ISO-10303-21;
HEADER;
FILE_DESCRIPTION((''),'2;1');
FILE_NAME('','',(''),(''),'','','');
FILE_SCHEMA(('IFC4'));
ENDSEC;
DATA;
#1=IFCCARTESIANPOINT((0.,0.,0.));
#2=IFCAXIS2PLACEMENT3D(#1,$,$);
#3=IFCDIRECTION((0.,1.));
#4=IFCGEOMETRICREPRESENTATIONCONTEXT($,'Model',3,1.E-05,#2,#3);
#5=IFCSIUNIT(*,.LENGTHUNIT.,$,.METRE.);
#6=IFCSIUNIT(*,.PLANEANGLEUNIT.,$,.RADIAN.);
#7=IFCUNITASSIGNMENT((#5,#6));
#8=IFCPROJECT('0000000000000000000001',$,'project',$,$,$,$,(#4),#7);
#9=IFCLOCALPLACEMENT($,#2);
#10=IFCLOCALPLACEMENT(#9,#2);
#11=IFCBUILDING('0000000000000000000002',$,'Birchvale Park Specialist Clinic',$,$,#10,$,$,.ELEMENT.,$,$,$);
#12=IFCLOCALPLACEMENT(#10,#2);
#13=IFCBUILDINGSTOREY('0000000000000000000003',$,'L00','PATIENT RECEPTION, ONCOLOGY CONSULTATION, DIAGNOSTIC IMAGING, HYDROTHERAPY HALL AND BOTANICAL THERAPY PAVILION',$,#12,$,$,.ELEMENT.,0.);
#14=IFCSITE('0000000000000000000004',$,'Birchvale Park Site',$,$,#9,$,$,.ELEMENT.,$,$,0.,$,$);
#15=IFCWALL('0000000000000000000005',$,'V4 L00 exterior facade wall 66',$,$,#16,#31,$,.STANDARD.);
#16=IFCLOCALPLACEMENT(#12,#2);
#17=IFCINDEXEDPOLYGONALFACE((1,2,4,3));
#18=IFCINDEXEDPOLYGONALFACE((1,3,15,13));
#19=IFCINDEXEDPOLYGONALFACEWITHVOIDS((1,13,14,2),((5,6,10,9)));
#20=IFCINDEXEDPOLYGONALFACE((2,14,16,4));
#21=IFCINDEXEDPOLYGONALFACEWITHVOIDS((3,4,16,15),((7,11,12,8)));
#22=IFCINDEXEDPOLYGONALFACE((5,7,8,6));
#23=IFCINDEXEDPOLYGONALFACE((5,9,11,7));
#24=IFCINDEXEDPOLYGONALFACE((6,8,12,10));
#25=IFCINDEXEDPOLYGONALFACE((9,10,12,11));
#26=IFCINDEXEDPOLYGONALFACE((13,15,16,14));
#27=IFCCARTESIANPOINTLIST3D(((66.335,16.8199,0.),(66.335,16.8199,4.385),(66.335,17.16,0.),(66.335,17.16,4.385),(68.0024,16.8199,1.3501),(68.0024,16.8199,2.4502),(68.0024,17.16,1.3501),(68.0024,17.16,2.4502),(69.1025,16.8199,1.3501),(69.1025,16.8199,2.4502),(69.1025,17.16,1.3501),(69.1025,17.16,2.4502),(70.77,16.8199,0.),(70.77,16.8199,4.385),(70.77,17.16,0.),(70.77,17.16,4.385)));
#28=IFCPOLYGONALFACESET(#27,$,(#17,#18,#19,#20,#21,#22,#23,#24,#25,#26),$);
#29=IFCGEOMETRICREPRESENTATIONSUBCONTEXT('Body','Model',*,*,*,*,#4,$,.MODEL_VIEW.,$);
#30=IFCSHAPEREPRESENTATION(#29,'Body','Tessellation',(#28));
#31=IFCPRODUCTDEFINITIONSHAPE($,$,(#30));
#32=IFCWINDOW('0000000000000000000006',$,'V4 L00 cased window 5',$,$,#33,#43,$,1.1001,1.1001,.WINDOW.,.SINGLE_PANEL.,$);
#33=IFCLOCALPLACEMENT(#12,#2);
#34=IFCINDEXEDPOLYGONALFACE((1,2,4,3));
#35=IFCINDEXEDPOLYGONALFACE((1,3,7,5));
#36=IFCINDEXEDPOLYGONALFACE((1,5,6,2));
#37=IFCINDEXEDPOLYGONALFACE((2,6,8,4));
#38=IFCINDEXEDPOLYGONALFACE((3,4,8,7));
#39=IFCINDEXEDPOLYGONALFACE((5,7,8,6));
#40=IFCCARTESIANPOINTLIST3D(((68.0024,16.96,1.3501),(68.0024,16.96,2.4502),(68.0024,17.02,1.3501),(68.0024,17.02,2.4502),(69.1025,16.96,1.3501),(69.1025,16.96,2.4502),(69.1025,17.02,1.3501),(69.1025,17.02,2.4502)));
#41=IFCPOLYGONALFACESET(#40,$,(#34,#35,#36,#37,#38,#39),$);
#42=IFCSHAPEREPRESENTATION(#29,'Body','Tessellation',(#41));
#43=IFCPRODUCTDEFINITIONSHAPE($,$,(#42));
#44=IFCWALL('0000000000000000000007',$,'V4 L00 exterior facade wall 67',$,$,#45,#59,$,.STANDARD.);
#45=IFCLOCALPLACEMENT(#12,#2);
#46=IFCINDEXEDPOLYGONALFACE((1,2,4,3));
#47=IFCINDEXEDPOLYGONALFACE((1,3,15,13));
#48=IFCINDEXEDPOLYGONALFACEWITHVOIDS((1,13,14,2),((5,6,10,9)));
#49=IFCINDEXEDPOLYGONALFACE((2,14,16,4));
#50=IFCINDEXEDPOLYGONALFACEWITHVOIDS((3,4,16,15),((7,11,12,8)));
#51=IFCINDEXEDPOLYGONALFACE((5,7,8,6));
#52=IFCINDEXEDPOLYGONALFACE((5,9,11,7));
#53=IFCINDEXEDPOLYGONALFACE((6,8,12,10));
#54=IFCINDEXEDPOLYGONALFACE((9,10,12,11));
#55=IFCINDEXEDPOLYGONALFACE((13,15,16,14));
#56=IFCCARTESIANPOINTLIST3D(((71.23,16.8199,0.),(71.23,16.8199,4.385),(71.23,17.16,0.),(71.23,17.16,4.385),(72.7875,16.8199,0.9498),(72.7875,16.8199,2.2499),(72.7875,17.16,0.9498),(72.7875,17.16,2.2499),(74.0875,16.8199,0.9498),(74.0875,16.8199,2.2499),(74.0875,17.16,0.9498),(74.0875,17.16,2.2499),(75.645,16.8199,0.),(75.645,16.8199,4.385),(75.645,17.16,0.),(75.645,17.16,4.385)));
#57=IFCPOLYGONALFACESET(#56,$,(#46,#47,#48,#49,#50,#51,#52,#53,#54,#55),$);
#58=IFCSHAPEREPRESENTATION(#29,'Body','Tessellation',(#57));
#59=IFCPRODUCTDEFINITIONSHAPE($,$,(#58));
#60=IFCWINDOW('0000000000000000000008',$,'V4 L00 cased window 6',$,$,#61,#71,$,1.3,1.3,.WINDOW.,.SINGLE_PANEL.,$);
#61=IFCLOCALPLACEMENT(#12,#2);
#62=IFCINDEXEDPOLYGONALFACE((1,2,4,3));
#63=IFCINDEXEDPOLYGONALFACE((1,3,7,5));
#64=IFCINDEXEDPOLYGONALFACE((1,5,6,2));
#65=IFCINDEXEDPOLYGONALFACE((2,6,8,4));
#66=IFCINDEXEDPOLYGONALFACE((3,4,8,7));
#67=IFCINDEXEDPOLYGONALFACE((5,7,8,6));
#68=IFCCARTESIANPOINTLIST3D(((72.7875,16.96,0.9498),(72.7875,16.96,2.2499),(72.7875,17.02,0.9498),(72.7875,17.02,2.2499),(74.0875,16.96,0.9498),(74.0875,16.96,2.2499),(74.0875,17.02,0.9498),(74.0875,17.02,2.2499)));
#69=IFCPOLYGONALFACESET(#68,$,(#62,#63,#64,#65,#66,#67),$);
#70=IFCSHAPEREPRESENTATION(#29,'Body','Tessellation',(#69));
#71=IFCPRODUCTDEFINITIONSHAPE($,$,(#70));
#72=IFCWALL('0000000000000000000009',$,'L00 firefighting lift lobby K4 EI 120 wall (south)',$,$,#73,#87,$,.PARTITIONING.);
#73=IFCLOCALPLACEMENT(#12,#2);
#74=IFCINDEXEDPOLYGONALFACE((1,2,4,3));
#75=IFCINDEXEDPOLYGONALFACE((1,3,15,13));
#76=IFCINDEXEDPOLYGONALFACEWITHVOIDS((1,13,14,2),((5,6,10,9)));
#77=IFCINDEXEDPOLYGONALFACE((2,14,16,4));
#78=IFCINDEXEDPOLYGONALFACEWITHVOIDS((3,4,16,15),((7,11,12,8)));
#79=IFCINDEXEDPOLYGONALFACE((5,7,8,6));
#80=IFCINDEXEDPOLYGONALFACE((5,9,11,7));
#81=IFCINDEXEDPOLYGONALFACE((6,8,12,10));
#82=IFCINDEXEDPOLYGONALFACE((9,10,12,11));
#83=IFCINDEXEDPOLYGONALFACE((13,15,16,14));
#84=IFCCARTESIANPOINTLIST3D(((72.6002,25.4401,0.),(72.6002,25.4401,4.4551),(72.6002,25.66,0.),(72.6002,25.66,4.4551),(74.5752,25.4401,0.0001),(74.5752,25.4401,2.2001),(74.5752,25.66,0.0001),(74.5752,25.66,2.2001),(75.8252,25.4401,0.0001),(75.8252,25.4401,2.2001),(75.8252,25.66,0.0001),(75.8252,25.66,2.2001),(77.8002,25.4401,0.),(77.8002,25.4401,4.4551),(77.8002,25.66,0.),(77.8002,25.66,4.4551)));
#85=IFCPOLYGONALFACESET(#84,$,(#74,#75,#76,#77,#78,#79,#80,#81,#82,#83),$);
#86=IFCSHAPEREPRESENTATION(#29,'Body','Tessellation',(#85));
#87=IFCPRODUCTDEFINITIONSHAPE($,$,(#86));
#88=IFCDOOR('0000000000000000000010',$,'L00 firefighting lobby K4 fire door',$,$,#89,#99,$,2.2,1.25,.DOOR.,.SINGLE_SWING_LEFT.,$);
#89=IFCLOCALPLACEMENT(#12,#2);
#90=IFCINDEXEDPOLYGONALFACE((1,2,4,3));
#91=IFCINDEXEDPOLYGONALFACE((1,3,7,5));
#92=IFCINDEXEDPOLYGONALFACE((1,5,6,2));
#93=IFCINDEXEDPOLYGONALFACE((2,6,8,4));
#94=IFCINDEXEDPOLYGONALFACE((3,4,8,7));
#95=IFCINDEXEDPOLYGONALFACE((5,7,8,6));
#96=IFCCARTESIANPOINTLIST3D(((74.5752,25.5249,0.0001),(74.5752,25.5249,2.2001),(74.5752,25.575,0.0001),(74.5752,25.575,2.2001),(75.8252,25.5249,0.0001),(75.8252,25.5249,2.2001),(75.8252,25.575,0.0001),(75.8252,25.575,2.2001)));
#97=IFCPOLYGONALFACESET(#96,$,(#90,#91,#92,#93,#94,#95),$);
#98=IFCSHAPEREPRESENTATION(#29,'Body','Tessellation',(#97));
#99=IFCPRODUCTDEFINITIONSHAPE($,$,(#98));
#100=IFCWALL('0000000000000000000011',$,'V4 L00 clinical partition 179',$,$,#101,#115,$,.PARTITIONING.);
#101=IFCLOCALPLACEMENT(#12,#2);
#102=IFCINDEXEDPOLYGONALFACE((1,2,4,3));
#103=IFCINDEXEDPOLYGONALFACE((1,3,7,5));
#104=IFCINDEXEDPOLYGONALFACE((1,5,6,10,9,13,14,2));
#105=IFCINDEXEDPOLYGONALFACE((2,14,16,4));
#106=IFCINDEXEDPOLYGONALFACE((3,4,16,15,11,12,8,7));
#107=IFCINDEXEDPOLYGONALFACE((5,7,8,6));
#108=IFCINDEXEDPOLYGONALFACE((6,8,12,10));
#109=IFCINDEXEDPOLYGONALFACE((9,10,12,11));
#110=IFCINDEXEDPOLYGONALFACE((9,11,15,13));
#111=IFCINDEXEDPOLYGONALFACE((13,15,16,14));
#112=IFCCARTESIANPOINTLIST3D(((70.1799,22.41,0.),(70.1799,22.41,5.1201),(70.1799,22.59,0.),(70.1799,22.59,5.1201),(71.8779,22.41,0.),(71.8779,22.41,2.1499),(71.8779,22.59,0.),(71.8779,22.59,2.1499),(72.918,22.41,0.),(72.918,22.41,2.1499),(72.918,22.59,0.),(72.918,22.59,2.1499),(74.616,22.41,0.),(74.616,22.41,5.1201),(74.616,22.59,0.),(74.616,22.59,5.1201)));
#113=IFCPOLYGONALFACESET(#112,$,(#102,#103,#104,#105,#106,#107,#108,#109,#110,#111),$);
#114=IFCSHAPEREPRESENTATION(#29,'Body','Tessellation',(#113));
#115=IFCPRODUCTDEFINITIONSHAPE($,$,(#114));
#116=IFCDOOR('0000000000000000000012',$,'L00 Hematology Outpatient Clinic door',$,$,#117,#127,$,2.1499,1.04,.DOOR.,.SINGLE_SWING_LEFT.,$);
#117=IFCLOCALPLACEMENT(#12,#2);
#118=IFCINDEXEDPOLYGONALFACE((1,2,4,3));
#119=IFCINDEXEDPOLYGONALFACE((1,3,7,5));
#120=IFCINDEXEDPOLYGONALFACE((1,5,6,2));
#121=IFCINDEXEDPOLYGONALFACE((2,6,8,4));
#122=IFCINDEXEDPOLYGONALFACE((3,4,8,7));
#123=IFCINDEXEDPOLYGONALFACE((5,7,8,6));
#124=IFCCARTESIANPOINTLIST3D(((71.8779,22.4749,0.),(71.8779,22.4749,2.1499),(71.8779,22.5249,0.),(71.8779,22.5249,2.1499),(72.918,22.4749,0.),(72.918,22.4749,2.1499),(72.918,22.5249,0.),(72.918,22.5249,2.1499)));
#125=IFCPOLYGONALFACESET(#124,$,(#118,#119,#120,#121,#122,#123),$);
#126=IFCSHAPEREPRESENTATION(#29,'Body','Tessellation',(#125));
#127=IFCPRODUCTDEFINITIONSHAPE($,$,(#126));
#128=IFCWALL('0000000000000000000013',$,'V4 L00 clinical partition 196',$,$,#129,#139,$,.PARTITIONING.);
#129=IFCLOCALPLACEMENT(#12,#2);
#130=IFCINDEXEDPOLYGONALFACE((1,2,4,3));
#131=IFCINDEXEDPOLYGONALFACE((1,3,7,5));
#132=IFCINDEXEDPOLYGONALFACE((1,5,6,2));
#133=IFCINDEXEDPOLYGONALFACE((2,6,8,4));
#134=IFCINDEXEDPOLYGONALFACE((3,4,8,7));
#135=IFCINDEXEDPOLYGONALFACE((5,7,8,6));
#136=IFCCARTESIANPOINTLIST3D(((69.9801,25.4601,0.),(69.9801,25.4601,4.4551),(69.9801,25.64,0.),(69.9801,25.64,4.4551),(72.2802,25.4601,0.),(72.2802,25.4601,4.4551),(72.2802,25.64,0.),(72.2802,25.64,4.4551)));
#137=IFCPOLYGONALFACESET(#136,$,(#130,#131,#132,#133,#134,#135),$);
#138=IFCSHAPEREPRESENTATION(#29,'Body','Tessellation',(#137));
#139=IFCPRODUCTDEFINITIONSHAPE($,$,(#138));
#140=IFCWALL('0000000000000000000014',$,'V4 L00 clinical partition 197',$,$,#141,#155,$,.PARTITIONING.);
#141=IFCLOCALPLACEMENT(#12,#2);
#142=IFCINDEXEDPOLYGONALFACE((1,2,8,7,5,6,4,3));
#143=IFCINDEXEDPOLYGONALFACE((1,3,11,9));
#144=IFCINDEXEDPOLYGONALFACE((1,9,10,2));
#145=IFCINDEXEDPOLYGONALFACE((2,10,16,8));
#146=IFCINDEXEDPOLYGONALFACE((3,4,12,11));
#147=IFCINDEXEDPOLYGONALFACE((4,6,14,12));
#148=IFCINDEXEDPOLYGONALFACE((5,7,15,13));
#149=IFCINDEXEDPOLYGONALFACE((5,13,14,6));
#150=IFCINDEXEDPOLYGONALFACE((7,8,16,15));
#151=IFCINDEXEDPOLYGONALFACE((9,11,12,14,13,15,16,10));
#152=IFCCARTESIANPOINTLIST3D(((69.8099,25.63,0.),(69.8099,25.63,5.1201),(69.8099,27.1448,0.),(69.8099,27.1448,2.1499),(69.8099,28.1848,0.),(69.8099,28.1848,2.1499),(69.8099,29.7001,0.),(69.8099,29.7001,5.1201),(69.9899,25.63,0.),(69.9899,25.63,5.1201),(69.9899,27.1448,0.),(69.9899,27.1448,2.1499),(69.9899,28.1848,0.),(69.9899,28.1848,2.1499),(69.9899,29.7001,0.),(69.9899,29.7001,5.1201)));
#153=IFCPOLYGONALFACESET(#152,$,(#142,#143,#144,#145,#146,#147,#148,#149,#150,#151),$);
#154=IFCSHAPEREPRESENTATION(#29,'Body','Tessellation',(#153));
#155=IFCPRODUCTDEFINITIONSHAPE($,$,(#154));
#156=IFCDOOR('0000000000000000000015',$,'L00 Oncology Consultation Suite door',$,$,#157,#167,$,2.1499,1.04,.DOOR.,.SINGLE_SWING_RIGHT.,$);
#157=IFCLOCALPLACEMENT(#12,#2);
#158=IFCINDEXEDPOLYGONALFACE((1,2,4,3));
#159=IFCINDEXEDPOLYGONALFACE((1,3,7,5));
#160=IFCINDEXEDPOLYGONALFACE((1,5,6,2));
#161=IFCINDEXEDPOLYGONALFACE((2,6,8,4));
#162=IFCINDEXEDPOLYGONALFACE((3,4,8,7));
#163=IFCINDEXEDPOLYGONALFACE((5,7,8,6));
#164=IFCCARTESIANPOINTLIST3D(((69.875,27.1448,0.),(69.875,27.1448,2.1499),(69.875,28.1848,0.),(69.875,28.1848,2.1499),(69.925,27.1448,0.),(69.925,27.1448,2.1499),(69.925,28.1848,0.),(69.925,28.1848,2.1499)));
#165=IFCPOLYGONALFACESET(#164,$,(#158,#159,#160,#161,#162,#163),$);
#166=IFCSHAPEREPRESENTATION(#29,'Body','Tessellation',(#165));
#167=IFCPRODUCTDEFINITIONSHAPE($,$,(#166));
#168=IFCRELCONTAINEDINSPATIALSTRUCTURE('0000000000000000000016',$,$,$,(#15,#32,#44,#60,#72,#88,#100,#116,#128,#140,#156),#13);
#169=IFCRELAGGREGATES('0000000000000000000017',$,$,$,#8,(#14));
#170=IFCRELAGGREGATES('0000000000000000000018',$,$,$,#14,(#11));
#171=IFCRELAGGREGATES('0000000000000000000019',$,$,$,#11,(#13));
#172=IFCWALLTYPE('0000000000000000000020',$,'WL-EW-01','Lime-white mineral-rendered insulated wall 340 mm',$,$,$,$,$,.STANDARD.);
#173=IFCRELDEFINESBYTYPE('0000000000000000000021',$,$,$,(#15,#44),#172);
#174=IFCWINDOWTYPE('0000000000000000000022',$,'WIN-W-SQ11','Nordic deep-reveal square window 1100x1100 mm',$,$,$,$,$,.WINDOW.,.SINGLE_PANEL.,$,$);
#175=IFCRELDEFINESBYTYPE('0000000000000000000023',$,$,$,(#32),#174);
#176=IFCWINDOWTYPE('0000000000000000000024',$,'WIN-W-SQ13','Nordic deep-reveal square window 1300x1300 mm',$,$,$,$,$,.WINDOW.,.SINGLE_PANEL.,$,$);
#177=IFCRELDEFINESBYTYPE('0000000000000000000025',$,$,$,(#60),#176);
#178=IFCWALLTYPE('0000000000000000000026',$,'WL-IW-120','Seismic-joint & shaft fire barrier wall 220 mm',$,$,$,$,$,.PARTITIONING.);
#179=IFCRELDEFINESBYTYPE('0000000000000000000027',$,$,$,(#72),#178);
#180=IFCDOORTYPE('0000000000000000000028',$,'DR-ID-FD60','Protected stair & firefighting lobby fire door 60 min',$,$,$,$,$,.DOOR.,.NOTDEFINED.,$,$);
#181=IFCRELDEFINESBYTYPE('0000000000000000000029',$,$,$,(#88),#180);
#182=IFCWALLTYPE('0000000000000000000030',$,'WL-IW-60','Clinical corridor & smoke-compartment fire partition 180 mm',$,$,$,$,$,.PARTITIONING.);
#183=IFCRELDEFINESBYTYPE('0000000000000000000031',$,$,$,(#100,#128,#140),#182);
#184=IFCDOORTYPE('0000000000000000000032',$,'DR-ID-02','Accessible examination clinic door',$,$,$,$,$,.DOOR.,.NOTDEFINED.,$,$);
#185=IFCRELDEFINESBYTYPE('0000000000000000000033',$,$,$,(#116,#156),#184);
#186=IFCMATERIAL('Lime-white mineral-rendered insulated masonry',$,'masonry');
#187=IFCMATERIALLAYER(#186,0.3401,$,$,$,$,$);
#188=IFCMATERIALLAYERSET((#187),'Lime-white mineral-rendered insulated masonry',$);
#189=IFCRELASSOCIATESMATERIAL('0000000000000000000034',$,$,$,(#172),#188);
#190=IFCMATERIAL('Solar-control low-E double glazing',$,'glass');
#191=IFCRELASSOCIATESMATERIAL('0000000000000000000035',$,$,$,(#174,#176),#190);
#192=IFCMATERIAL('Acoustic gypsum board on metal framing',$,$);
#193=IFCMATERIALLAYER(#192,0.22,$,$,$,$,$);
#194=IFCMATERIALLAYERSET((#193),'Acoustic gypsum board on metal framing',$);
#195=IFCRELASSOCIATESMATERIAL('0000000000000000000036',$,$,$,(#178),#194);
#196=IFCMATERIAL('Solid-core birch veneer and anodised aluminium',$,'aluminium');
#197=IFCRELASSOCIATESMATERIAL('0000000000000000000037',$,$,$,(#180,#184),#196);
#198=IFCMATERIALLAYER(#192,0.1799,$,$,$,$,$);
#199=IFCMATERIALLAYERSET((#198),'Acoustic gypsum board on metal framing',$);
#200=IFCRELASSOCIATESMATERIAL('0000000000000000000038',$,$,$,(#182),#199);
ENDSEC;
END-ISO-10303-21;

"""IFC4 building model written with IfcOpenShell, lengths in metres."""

from ifc_helpers import new_model, si_unit, direction, frame, frame_2d, origin, place, context, subcontext, project, spatial, rectangle, extrude, material, layer, layer_set, type_object, element, fill, save


model = new_model("IFC4")

# Units and contexts
model_context = context("Model", 3, precision=1e-05, world=origin(), true_north=direction((0.0, 1.0)))
body_context = subcontext(model_context, "Body", "Model", "MODEL_VIEW")
ifc_project = project(units=[si_unit("LENGTHUNIT", "METRE"), si_unit("PLANEANGLEUNIT", "RADIAN")], contexts=[model_context])

# Site, building, storey
site_placement = place(None, origin())
site = spatial("IfcSite", under=ifc_project, at=site_placement, Name="Birchvale Park Site", CompositionType="ELEMENT", RefElevation=0.0)
building_placement = place(site_placement, origin())
building = spatial("IfcBuilding", under=site, at=building_placement, Name="Birchvale Park Specialist Clinic", CompositionType="ELEMENT")
storey_placement = place(building_placement, origin())
storey = spatial("IfcBuildingStorey", under=building, at=storey_placement, Name="L00", Description="PATIENT RECEPTION, ONCOLOGY CONSULTATION, DIAGNOSTIC IMAGING, HYDROTHERAPY HALL AND BOTANICAL THERAPY PAVILION", CompositionType="ELEMENT", Elevation=0.0)

# Shared definitions
ifc_material_1 = material(Name="Solid-core birch veneer and anodised aluminium", Category="aluminium")

# Walls, openings, windows
ifc_material_2 = material(Name="Lime-white mineral-rendered insulated masonry", Category="masonry")
ifc_layer_1 = layer(ifc_material_2, 0.3401)
ifc_layer_set_1 = layer_set([ifc_layer_1], Name="Lime-white mineral-rendered insulated masonry")
wall_type_1 = type_object("IfcWallType", Name="WL-EW-01", Description="Lime-white mineral-rendered insulated wall 340 mm", PredefinedType="STANDARD", material=ifc_layer_set_1)
wall_1_placement = place(storey_placement, frame((66.335, 16.99, 0.0), z_axis=(0.0, 0.0, 1.0), x_axis=(1.0, 0.0, 0.0)))
wall_1 = element("IfcWall", 1, at=wall_1_placement, inside=storey, type_object=wall_type_1, Name="V4 L00 exterior facade wall 66", PredefinedType="STANDARD", context=body_context, shape_type="SweptSolid", body=[
    extrude(rectangle(XDim=4.4351, YDim=0.3401, at=frame_2d((2.2175, 0.0))), origin(), (0.0, 0.0, 1.0), 4.385),
])
opening_1_placement = place(wall_1_placement, frame((1.6675, 0.0, 1.3501)))
opening_1 = element("IfcOpeningElement", 2, at=opening_1_placement, cuts=wall_1, PredefinedType="OPENING", context=body_context, shape_type="SweptSolid", body=[
    extrude(rectangle(XDim=1.1001, YDim=1.1001, at=frame_2d((0.55, 0.55))), frame((0.0, 0.1802, 0.0), z_axis=(0.0, -1.0, 0.0), x_axis=(1.0, 0.0, 0.0)), (0.0, 0.0, 1.0), 0.3601),
])
ifc_material_3 = material(Name="Solar-control low-E double glazing", Category="glass")
window_type_1 = type_object("IfcWindowType", Name="WIN-W-SQ11", Description="Nordic deep-reveal square window 1100x1100 mm", PartitioningType="SINGLE_PANEL", PredefinedType="WINDOW", material=ifc_material_3)
window_1_placement = place(opening_1_placement, origin())
window_1 = element("IfcWindow", 3, at=window_1_placement, inside=storey, type_object=window_type_1, Name="V4 L00 cased window 5", OverallHeight=1.1001, OverallWidth=1.1001, PartitioningType="SINGLE_PANEL", PredefinedType="WINDOW", context=body_context, shape_type="SweptSolid", body=[
    extrude(rectangle(XDim=1.1001, YDim=1.1001, at=frame_2d((0.55, 0.55))), frame((0.0, 0.03, 0.0), z_axis=(0.0, -1.0, 0.0), x_axis=(1.0, 0.0, 0.0)), (0.0, 0.0, 1.0), 0.0601),
])
fill(opening_1, window_1)
wall_2_placement = place(storey_placement, frame((71.23, 16.99, 0.0), z_axis=(0.0, 0.0, 1.0), x_axis=(1.0, 0.0, 0.0)))
wall_2 = element("IfcWall", 4, at=wall_2_placement, inside=storey, type_object=wall_type_1, Name="V4 L00 exterior facade wall 67", PredefinedType="STANDARD", context=body_context, shape_type="SweptSolid", body=[
    extrude(rectangle(XDim=4.415, YDim=0.3401, at=frame_2d((2.2075, 0.0))), origin(), (0.0, 0.0, 1.0), 4.385),
])
opening_2_placement = place(wall_2_placement, frame((1.5576, 0.0, 0.95)))
opening_2 = element("IfcOpeningElement", 5, at=opening_2_placement, cuts=wall_2, PredefinedType="OPENING", context=body_context, shape_type="SweptSolid", body=[
    extrude(rectangle(XDim=1.3, YDim=1.3, at=frame_2d((0.6499, 0.6499))), frame((0.0, 0.1802, 0.0), z_axis=(0.0, -1.0, 0.0), x_axis=(1.0, 0.0, 0.0)), (0.0, 0.0, 1.0), 0.3601),
])
window_type_2 = type_object("IfcWindowType", Name="WIN-W-SQ13", Description="Nordic deep-reveal square window 1300x1300 mm", PartitioningType="SINGLE_PANEL", PredefinedType="WINDOW", material=ifc_material_3)
window_2_placement = place(opening_2_placement, origin())
window_2 = element("IfcWindow", 6, at=window_2_placement, inside=storey, type_object=window_type_2, Name="V4 L00 cased window 6", OverallHeight=1.3, OverallWidth=1.3, PartitioningType="SINGLE_PANEL", PredefinedType="WINDOW", context=body_context, shape_type="SweptSolid", body=[
    extrude(rectangle(XDim=1.3, YDim=1.3, at=frame_2d((0.6499, 0.6499))), frame((0.0, 0.03, 0.0), z_axis=(0.0, -1.0, 0.0), x_axis=(1.0, 0.0, 0.0)), (0.0, 0.0, 1.0), 0.0601),
])
fill(opening_2, window_2)

# Walls, openings, doors
ifc_material_4 = material(Name="Acoustic gypsum board on metal framing")
ifc_layer_2 = layer(ifc_material_4, 0.22)
ifc_layer_set_2 = layer_set([ifc_layer_2], Name="Acoustic gypsum board on metal framing")
wall_type_2 = type_object("IfcWallType", Name="WL-IW-120", Description="Seismic-joint & shaft fire barrier wall 220 mm", PredefinedType="PARTITIONING", material=ifc_layer_set_2)
wall_3_placement = place(storey_placement, frame((72.6001, 25.55, 0.0), z_axis=(0.0, 0.0, 1.0), x_axis=(1.0, 0.0, 0.0)))
wall_3 = element("IfcWall", 7, at=wall_3_placement, inside=storey, type_object=wall_type_2, Name="L00 firefighting lift lobby K4 EI 120 wall (south)", PredefinedType="PARTITIONING", context=body_context, shape_type="SweptSolid", body=[
    extrude(rectangle(XDim=5.2, YDim=0.22, at=frame_2d((2.6001, 0.0))), origin(), (0.0, 0.0, 1.0), 4.4551),
])
opening_3_placement = place(wall_3_placement, frame((1.9751, 0.0, 0.0)))
opening_3 = element("IfcOpeningElement", 8, at=opening_3_placement, cuts=wall_3, PredefinedType="OPENING", context=body_context, shape_type="SweptSolid", body=[
    extrude(rectangle(XDim=1.25, YDim=2.2, at=frame_2d((0.625, 1.1001))), frame((0.0, 0.1201, 0.0), z_axis=(0.0, -1.0, 0.0), x_axis=(1.0, 0.0, 0.0)), (0.0, 0.0, 1.0), 0.24),
])
door_type_1 = type_object("IfcDoorType", Name="DR-ID-FD60", Description="Protected stair & firefighting lobby fire door 60 min", OperationType="NOTDEFINED", PredefinedType="DOOR", material=ifc_material_1)
door_1_placement = place(opening_3_placement, origin())
door_1 = element("IfcDoor", 9, at=door_1_placement, inside=storey, type_object=door_type_1, Name="L00 firefighting lobby K4 fire door", OperationType="SINGLE_SWING_LEFT", OverallHeight=2.2, OverallWidth=1.25, PredefinedType="DOOR", context=body_context, shape_type="SweptSolid", body=[
    extrude(rectangle(XDim=1.25, YDim=2.2, at=frame_2d((0.625, 1.1001))), frame((0.0, 0.0249, 0.0), z_axis=(0.0, -1.0, 0.0), x_axis=(1.0, 0.0, 0.0)), (0.0, 0.0, 1.0), 0.05),
])
fill(opening_3, door_1)
ifc_layer_3 = layer(ifc_material_4, 0.1799)
ifc_layer_set_3 = layer_set([ifc_layer_3], Name="Acoustic gypsum board on metal framing")
wall_type_3 = type_object("IfcWallType", Name="WL-IW-60", Description="Clinical corridor & smoke-compartment fire partition 180 mm", PredefinedType="PARTITIONING", material=ifc_layer_set_3)
wall_4_placement = place(storey_placement, frame((70.1799, 22.5, 0.0), z_axis=(0.0, 0.0, 1.0), x_axis=(1.0, 0.0, 0.0)))
wall_4 = element("IfcWall", 10, at=wall_4_placement, inside=storey, type_object=wall_type_3, Name="V4 L00 clinical partition 179", PredefinedType="PARTITIONING", context=body_context, shape_type="SweptSolid", body=[
    extrude(rectangle(XDim=4.436, YDim=0.1799, at=frame_2d((2.218, 0.0))), origin(), (0.0, 0.0, 1.0), 5.1201),
])
opening_4_placement = place(wall_4_placement, frame((1.698, 0.0, 0.0)))
opening_4 = element("IfcOpeningElement", 11, at=opening_4_placement, cuts=wall_4, PredefinedType="OPENING", context=body_context, shape_type="SweptSolid", body=[
    extrude(rectangle(XDim=1.04, YDim=2.1499, at=frame_2d((0.52, 1.075))), frame((0.0, 0.1001, 0.0), z_axis=(0.0, -1.0, 0.0), x_axis=(1.0, 0.0, 0.0)), (0.0, 0.0, 1.0), 0.2),
])
door_type_2 = type_object("IfcDoorType", Name="DR-ID-02", Description="Accessible examination clinic door", OperationType="NOTDEFINED", PredefinedType="DOOR", material=ifc_material_1)
door_2_placement = place(opening_4_placement, origin())
door_2 = element("IfcDoor", 12, at=door_2_placement, inside=storey, type_object=door_type_2, Name="L00 Hematology Outpatient Clinic door", OperationType="SINGLE_SWING_LEFT", OverallHeight=2.1499, OverallWidth=1.04, PredefinedType="DOOR", context=body_context, shape_type="SweptSolid", body=[
    extrude(rectangle(XDim=1.04, YDim=2.1499, at=frame_2d((0.52, 1.075))), frame((0.0, 0.0249, 0.0), z_axis=(0.0, -1.0, 0.0), x_axis=(1.0, 0.0, 0.0)), (0.0, 0.0, 1.0), 0.05),
])
fill(opening_4, door_2)

# Wall
wall_5_placement = place(storey_placement, frame((72.28, 25.55, 0.0), z_axis=(0.0, 0.0, 1.0), x_axis=(-1.0, 0.0, 0.0)))
element("IfcWall", 13, at=wall_5_placement, inside=storey, type_object=wall_type_3, Name="V4 L00 clinical partition 196", PredefinedType="PARTITIONING", context=body_context, shape_type="SweptSolid", body=[
    extrude(rectangle(XDim=2.3, YDim=0.1799, at=frame_2d((1.1499, 0.0))), origin(), (0.0, 0.0, 1.0), 4.4551),
])

# Wall, opening, door
wall_6_placement = place(storey_placement, frame((69.8999, 25.6299, 0.0), z_axis=(0.0, 0.0, 1.0), x_axis=(0.0, 1.0, 0.0)))
wall_6 = element("IfcWall", 14, at=wall_6_placement, inside=storey, type_object=wall_type_3, Name="V4 L00 clinical partition 197", PredefinedType="PARTITIONING", context=body_context, shape_type="SweptSolid", body=[
    extrude(rectangle(XDim=4.0701, YDim=0.1799, at=frame_2d((2.0352, 0.0))), origin(), (0.0, 0.0, 1.0), 5.1201),
])
opening_5_placement = place(wall_6_placement, frame((1.5149, 0.0, 0.0)))
opening_5 = element("IfcOpeningElement", 15, at=opening_5_placement, cuts=wall_6, PredefinedType="OPENING", context=body_context, shape_type="SweptSolid", body=[
    extrude(rectangle(XDim=1.04, YDim=2.1499, at=frame_2d((0.52, 1.075))), frame((0.0, 0.1001, 0.0), z_axis=(0.0, -1.0, 0.0), x_axis=(1.0, 0.0, 0.0)), (0.0, 0.0, 1.0), 0.2),
])
door_3_placement = place(opening_5_placement, origin())
door_3 = element("IfcDoor", 16, at=door_3_placement, inside=storey, type_object=door_type_2, Name="L00 Oncology Consultation Suite door", OperationType="SINGLE_SWING_RIGHT", OverallHeight=2.1499, OverallWidth=1.04, PredefinedType="DOOR", context=body_context, shape_type="SweptSolid", body=[
    extrude(rectangle(XDim=1.04, YDim=2.1499, at=frame_2d((0.52, 1.075))), frame((0.0, 0.0249, 0.0), z_axis=(0.0, -1.0, 0.0), x_axis=(1.0, 0.0, 0.0)), (0.0, 0.0, 1.0), 0.05),
])
fill(opening_5, door_3)

save(model, "model.ifc")
